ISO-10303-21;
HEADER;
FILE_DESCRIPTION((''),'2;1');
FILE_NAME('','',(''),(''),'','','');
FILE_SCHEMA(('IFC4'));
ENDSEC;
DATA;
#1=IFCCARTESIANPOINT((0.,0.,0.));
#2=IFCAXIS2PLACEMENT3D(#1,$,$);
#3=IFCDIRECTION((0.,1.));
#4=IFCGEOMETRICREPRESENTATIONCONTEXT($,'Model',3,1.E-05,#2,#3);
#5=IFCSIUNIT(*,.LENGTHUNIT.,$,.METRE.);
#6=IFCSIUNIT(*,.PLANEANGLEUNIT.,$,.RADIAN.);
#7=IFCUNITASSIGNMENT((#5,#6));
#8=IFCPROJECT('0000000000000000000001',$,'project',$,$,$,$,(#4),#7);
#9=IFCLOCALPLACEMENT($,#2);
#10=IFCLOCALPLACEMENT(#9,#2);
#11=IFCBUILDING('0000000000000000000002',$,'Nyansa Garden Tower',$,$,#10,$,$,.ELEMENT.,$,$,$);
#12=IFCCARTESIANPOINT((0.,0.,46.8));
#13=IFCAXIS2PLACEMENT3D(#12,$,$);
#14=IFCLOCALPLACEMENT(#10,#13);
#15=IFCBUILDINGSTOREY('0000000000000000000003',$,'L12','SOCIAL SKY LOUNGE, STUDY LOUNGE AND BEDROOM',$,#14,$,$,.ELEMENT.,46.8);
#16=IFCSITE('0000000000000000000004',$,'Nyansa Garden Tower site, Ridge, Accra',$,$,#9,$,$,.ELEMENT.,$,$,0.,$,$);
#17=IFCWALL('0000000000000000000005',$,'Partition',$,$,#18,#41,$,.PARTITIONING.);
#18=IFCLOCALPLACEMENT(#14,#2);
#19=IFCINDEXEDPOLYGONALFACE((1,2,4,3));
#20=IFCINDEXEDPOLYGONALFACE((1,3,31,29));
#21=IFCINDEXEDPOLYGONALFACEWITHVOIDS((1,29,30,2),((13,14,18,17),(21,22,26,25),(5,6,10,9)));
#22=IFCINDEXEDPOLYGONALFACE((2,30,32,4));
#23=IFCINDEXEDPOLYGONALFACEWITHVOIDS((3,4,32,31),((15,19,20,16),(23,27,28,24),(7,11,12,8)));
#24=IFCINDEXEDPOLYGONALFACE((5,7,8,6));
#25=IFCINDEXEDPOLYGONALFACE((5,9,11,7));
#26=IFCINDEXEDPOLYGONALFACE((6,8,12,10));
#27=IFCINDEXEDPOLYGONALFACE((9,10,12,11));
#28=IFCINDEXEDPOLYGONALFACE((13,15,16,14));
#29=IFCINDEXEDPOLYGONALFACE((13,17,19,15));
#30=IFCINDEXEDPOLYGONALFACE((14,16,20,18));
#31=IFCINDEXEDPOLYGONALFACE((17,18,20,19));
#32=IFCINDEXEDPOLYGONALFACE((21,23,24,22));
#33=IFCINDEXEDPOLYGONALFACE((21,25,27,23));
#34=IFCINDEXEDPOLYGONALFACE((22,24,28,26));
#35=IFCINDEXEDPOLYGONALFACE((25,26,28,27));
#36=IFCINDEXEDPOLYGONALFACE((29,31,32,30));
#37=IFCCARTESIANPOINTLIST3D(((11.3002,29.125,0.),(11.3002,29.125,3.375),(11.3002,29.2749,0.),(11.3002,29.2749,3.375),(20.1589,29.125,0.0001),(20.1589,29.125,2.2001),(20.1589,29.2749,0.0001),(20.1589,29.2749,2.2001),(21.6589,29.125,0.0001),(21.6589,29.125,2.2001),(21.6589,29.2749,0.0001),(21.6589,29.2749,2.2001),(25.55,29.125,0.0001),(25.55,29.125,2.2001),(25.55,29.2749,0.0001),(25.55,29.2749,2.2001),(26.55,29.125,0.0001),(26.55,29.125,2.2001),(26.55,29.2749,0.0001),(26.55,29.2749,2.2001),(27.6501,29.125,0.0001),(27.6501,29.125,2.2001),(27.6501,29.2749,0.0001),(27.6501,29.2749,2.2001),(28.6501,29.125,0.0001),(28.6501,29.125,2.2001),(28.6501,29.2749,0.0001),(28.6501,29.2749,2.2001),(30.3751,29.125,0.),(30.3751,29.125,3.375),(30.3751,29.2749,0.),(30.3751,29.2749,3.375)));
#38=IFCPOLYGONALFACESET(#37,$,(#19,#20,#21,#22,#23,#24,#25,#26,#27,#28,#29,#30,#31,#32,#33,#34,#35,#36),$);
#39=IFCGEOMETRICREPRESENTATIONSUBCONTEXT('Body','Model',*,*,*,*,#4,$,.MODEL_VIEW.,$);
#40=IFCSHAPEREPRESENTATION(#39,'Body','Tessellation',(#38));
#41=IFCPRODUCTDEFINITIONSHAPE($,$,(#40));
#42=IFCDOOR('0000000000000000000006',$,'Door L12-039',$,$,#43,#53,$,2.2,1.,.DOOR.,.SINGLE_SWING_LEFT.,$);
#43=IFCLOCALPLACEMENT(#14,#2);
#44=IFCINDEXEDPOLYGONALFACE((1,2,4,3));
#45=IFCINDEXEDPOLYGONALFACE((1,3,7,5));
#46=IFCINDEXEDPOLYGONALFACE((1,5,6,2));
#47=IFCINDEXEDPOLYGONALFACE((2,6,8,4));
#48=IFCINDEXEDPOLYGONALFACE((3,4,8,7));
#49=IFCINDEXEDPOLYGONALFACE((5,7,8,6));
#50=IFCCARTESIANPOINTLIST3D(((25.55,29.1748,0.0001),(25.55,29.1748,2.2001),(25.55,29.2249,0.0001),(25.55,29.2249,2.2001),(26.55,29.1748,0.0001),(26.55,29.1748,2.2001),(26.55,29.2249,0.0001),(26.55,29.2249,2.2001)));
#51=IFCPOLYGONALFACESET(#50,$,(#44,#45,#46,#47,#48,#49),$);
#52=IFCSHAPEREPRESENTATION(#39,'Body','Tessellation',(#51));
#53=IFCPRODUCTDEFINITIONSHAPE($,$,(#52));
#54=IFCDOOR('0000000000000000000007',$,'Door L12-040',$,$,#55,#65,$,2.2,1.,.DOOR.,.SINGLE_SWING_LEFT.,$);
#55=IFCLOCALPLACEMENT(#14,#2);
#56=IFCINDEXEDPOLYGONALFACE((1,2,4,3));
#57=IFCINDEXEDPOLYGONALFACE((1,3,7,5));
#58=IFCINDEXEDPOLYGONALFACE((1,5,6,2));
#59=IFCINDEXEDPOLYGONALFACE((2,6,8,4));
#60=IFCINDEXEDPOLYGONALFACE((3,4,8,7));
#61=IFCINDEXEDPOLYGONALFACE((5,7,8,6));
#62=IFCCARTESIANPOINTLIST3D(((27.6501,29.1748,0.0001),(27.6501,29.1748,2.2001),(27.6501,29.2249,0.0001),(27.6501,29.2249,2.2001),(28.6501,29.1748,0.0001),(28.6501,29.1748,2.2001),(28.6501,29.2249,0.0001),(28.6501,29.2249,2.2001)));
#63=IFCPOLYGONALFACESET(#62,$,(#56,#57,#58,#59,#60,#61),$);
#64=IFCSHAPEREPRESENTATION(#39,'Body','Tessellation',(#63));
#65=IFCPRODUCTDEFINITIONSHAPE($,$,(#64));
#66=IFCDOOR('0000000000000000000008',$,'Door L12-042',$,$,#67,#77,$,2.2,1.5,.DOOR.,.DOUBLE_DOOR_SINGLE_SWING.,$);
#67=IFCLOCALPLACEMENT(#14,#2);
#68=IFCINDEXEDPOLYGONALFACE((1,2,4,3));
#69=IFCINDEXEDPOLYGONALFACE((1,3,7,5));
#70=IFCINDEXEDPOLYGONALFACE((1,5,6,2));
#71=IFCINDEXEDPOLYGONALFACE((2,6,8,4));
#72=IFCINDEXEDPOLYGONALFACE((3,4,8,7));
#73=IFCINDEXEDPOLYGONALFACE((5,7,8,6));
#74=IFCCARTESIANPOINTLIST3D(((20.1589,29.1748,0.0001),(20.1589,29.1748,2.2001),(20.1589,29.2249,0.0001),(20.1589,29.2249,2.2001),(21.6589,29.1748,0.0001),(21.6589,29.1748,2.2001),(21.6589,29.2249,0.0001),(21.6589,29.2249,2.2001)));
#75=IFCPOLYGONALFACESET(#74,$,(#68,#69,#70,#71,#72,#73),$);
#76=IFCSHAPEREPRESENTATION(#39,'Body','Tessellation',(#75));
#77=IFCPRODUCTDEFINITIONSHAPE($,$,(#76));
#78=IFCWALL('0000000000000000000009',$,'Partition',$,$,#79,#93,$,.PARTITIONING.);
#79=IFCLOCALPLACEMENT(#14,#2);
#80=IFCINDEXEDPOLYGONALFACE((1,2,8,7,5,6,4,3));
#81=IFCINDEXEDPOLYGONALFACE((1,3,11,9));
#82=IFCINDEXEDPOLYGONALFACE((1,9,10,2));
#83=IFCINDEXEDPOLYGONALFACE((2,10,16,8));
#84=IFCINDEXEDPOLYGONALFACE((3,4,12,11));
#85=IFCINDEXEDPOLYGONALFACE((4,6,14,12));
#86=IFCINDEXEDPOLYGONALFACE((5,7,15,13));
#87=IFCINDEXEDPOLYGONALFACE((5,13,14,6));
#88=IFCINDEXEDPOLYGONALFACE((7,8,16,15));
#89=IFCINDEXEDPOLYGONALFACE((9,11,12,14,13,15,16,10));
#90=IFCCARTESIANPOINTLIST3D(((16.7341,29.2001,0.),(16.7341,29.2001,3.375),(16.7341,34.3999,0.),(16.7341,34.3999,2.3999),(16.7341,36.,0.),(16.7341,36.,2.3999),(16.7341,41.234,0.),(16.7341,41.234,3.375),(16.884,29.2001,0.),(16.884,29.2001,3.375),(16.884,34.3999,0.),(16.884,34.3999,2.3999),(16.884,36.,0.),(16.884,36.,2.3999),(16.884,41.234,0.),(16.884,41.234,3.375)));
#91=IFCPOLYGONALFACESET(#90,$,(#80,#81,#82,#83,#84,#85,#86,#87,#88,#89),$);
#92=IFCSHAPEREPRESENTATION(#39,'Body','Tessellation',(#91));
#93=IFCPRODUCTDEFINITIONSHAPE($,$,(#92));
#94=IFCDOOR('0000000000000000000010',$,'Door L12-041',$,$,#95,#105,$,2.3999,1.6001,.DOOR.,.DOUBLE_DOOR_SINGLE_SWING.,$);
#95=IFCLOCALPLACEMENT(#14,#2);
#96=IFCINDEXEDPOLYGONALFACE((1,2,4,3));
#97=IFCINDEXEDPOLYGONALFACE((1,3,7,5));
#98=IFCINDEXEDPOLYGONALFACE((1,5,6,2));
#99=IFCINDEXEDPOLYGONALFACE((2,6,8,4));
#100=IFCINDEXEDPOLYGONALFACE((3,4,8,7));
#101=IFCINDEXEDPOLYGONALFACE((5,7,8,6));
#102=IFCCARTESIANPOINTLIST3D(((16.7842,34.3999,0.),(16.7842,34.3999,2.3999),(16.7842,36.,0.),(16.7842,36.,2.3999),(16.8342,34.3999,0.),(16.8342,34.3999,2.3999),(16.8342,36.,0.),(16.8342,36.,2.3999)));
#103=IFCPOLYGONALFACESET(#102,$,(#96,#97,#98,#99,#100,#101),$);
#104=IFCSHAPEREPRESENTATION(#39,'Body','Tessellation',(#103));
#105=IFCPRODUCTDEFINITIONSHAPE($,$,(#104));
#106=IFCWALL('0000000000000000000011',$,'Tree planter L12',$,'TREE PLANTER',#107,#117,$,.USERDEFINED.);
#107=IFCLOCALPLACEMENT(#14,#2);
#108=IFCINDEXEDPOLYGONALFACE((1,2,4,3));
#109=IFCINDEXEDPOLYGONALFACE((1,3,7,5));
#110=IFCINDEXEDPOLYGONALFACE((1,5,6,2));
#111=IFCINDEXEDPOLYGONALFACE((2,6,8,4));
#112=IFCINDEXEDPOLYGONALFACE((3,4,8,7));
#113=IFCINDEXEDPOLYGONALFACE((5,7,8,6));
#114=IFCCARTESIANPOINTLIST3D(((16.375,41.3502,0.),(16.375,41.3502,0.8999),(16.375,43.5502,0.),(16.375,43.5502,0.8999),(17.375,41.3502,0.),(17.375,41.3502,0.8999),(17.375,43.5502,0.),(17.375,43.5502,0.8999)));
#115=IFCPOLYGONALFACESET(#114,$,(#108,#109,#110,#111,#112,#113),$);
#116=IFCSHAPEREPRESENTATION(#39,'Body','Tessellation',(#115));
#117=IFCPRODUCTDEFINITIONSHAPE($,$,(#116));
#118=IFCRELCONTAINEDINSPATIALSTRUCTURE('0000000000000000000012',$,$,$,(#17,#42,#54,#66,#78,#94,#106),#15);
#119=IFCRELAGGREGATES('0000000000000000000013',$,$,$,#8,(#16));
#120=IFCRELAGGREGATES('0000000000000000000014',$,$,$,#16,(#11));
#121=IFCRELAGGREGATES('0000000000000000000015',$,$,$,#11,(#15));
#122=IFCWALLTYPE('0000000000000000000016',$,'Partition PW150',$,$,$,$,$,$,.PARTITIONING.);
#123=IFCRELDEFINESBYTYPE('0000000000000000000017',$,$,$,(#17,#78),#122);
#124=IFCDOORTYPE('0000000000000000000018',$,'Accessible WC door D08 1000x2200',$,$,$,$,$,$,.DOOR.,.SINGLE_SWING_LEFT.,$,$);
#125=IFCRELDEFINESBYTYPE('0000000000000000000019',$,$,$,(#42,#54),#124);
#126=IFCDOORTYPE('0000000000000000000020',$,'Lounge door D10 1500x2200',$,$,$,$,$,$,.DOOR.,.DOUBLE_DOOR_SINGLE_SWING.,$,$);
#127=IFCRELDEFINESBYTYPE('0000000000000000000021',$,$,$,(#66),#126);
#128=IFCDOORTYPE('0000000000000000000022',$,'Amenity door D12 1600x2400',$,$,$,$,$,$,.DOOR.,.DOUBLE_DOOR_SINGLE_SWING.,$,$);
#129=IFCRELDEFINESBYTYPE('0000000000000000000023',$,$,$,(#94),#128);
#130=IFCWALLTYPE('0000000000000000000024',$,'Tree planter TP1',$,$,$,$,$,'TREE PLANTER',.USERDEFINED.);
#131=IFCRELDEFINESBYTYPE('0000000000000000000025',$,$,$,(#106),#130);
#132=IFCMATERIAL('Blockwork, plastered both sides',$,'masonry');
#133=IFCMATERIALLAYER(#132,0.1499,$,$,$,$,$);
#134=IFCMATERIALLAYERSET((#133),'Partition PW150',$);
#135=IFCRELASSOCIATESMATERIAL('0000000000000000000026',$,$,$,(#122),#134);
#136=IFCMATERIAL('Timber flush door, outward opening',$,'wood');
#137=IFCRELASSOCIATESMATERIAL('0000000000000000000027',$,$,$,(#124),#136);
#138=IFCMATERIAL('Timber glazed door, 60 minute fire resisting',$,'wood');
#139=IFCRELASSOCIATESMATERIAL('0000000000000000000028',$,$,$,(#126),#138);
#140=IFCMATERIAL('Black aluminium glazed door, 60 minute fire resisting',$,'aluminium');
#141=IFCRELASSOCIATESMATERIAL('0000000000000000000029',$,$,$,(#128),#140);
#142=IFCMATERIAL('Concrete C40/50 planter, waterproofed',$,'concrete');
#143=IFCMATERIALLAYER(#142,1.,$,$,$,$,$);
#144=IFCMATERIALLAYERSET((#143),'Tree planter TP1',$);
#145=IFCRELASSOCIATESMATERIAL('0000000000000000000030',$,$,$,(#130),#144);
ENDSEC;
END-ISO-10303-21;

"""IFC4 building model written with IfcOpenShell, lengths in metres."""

from ifc_helpers import new_model, si_unit, direction, frame, frame_2d, origin, place, context, subcontext, project, spatial, rectangle, extrude, material, layer, layer_set, type_object, element, fill, save


model = new_model("IFC4")

# Units and contexts
model_context = context("Model", 3, precision=1e-05, world=origin(), true_north=direction((0.0, 1.0)))
body_context = subcontext(model_context, "Body", "Model", "MODEL_VIEW")
ifc_project = project(units=[si_unit("LENGTHUNIT", "METRE"), si_unit("PLANEANGLEUNIT", "RADIAN")], contexts=[model_context])

# Site, building, storey
site_placement = place(None, origin())
site = spatial("IfcSite", under=ifc_project, at=site_placement, Name="Nyansa Garden Tower site, Ridge, Accra", CompositionType="ELEMENT", RefElevation=0.0)
building_placement = place(site_placement, origin())
building = spatial("IfcBuilding", under=site, at=building_placement, Name="Nyansa Garden Tower", CompositionType="ELEMENT")
storey_placement = place(building_placement, frame((0.0, 0.0, 46.8)))
storey = spatial("IfcBuildingStorey", under=building, at=storey_placement, Name="L12", Description="SOCIAL SKY LOUNGE, STUDY LOUNGE AND BEDROOM", CompositionType="ELEMENT", Elevation=46.8)

# Shared definitions
ifc_material_1 = material(Name="Blockwork, plastered both sides", Category="masonry")
ifc_layer_1 = layer(ifc_material_1, 0.1499)
ifc_layer_set_1 = layer_set([ifc_layer_1], Name="Partition PW150")
wall_type_1 = type_object("IfcWallType", Name="Partition PW150", PredefinedType="PARTITIONING", material=ifc_layer_set_1)

# Wall, openings, doors
wall_1_placement = place(storey_placement, frame((11.3, 29.2, 0.0), z_axis=(0.0, 0.0, 1.0), x_axis=(1.0, 0.0, 0.0)))
wall_1 = element("IfcWall", 1, at=wall_1_placement, inside=storey, type_object=wall_type_1, Name="Partition", PredefinedType="PARTITIONING", context=body_context, shape_type="SweptSolid", body=[
    extrude(rectangle(XDim=19.075, YDim=0.1499, at=frame_2d((9.5376, 0.0))), origin(), (0.0, 0.0, 1.0), 3.375),
])
opening_1_placement = place(wall_1_placement, frame((14.25, 0.0, 0.0)))
opening_1 = element("IfcOpeningElement", 2, at=opening_1_placement, cuts=wall_1, PredefinedType="OPENING", context=body_context, shape_type="SweptSolid", body=[
    extrude(rectangle(XDim=1.0, YDim=2.2, at=frame_2d((0.5, 1.1001))), frame((0.0, 0.085, 0.0), z_axis=(0.0, -1.0, 0.0), x_axis=(1.0, 0.0, 0.0)), (0.0, 0.0, 1.0), 0.1699),
])
opening_2_placement = place(wall_1_placement, frame((16.3501, 0.0, 0.0)))
opening_2 = element("IfcOpeningElement", 3, at=opening_2_placement, cuts=wall_1, PredefinedType="OPENING", context=body_context, shape_type="SweptSolid", body=[
    extrude(rectangle(XDim=1.0, YDim=2.2, at=frame_2d((0.5, 1.1001))), frame((0.0, 0.085, 0.0), z_axis=(0.0, -1.0, 0.0), x_axis=(1.0, 0.0, 0.0)), (0.0, 0.0, 1.0), 0.1699),
])
opening_3_placement = place(wall_1_placement, frame((8.8589, 0.0, 0.0)))
opening_3 = element("IfcOpeningElement", 4, at=opening_3_placement, cuts=wall_1, PredefinedType="OPENING", context=body_context, shape_type="SweptSolid", body=[
    extrude(rectangle(XDim=1.5, YDim=2.2, at=frame_2d((0.75, 1.1001))), frame((0.0, 0.085, 0.0), z_axis=(0.0, -1.0, 0.0), x_axis=(1.0, 0.0, 0.0)), (0.0, 0.0, 1.0), 0.1699),
])
ifc_material_2 = material(Name="Timber flush door, outward opening", Category="wood")
door_type_1 = type_object("IfcDoorType", Name="Accessible WC door D08 1000x2200", OperationType="SINGLE_SWING_LEFT", PredefinedType="DOOR", material=ifc_material_2)
door_1_placement = place(opening_1_placement, origin())
door_1 = element("IfcDoor", 5, at=door_1_placement, inside=storey, type_object=door_type_1, Name="Door L12-039", OperationType="SINGLE_SWING_LEFT", OverallHeight=2.2, OverallWidth=1.0, PredefinedType="DOOR", context=body_context, shape_type="SweptSolid", body=[
    extrude(rectangle(XDim=1.0, YDim=2.2, at=frame_2d((0.5, 1.1001))), frame((0.0, 0.0249, 0.0), z_axis=(0.0, -1.0, 0.0), x_axis=(1.0, 0.0, 0.0)), (0.0, 0.0, 1.0), 0.05),
])
fill(opening_1, door_1)
door_2_placement = place(opening_2_placement, origin())
door_2 = element("IfcDoor", 6, at=door_2_placement, inside=storey, type_object=door_type_1, Name="Door L12-040", OperationType="SINGLE_SWING_LEFT", OverallHeight=2.2, OverallWidth=1.0, PredefinedType="DOOR", context=body_context, shape_type="SweptSolid", body=[
    extrude(rectangle(XDim=1.0, YDim=2.2, at=frame_2d((0.5, 1.1001))), frame((0.0, 0.0249, 0.0), z_axis=(0.0, -1.0, 0.0), x_axis=(1.0, 0.0, 0.0)), (0.0, 0.0, 1.0), 0.05),
])
fill(opening_2, door_2)
ifc_material_3 = material(Name="Timber glazed door, 60 minute fire resisting", Category="wood")
door_type_2 = type_object("IfcDoorType", Name="Lounge door D10 1500x2200", OperationType="DOUBLE_DOOR_SINGLE_SWING", PredefinedType="DOOR", material=ifc_material_3)
door_3_placement = place(opening_3_placement, origin())
door_3 = element("IfcDoor", 7, at=door_3_placement, inside=storey, type_object=door_type_2, Name="Door L12-042", OperationType="DOUBLE_DOOR_SINGLE_SWING", OverallHeight=2.2, OverallWidth=1.5, PredefinedType="DOOR", context=body_context, shape_type="SweptSolid", body=[
    extrude(rectangle(XDim=1.5, YDim=2.2, at=frame_2d((0.75, 1.1001))), frame((0.0, 0.0249, 0.0), z_axis=(0.0, -1.0, 0.0), x_axis=(1.0, 0.0, 0.0)), (0.0, 0.0, 1.0), 0.05),
])
fill(opening_3, door_3)

# Wall, opening, door
wall_2_placement = place(storey_placement, frame((16.8091, 29.2, 0.0), z_axis=(0.0, 0.0, 1.0), x_axis=(0.0, 1.0, 0.0)))
wall_2 = element("IfcWall", 8, at=wall_2_placement, inside=storey, type_object=wall_type_1, Name="Partition", PredefinedType="PARTITIONING", context=body_context, shape_type="SweptSolid", body=[
    extrude(rectangle(XDim=12.0339, YDim=0.1499, at=frame_2d((6.0171, 0.0))), origin(), (0.0, 0.0, 1.0), 3.375),
])
opening_4_placement = place(wall_2_placement, frame((5.2, 0.0, 0.0)))
opening_4 = element("IfcOpeningElement", 9, at=opening_4_placement, cuts=wall_2, PredefinedType="OPENING", context=body_context, shape_type="SweptSolid", body=[
    extrude(rectangle(XDim=1.6001, YDim=2.3999, at=frame_2d((0.8, 1.2))), frame((0.0, 0.085, 0.0), z_axis=(0.0, -1.0, 0.0), x_axis=(1.0, 0.0, 0.0)), (0.0, 0.0, 1.0), 0.1699),
])
ifc_material_4 = material(Name="Black aluminium glazed door, 60 minute fire resisting", Category="aluminium")
door_type_3 = type_object("IfcDoorType", Name="Amenity door D12 1600x2400", OperationType="DOUBLE_DOOR_SINGLE_SWING", PredefinedType="DOOR", material=ifc_material_4)
door_4_placement = place(opening_4_placement, origin())
door_4 = element("IfcDoor", 10, at=door_4_placement, inside=storey, type_object=door_type_3, Name="Door L12-041", OperationType="DOUBLE_DOOR_SINGLE_SWING", OverallHeight=2.3999, OverallWidth=1.6001, PredefinedType="DOOR", context=body_context, shape_type="SweptSolid", body=[
    extrude(rectangle(XDim=1.6001, YDim=2.3999, at=frame_2d((0.8, 1.2))), frame((0.0, 0.0249, 0.0), z_axis=(0.0, -1.0, 0.0), x_axis=(1.0, 0.0, 0.0)), (0.0, 0.0, 1.0), 0.05),
])
fill(opening_4, door_4)

# Wall
ifc_material_5 = material(Name="Concrete C40/50 planter, waterproofed", Category="concrete")
ifc_layer_2 = layer(ifc_material_5, 1.0)
ifc_layer_set_2 = layer_set([ifc_layer_2], Name="Tree planter TP1")
wall_type_2 = type_object("IfcWallType", Name="Tree planter TP1", ElementType="TREE PLANTER", PredefinedType="USERDEFINED", material=ifc_layer_set_2)
wall_3_placement = place(storey_placement, frame((16.875, 41.3501, 0.0), z_axis=(0.0, 0.0, 1.0), x_axis=(0.0, 1.0, 0.0)))
element("IfcWall", 11, at=wall_3_placement, inside=storey, type_object=wall_type_2, Name="Tree planter L12", ObjectType="TREE PLANTER", PredefinedType="USERDEFINED", context=body_context, shape_type="SweptSolid", body=[
    extrude(rectangle(XDim=2.2, YDim=1.0, at=frame_2d((1.1001, 0.0))), origin(), (0.0, 0.0, 1.0), 0.8999),
])

save(model, "model.ifc")
